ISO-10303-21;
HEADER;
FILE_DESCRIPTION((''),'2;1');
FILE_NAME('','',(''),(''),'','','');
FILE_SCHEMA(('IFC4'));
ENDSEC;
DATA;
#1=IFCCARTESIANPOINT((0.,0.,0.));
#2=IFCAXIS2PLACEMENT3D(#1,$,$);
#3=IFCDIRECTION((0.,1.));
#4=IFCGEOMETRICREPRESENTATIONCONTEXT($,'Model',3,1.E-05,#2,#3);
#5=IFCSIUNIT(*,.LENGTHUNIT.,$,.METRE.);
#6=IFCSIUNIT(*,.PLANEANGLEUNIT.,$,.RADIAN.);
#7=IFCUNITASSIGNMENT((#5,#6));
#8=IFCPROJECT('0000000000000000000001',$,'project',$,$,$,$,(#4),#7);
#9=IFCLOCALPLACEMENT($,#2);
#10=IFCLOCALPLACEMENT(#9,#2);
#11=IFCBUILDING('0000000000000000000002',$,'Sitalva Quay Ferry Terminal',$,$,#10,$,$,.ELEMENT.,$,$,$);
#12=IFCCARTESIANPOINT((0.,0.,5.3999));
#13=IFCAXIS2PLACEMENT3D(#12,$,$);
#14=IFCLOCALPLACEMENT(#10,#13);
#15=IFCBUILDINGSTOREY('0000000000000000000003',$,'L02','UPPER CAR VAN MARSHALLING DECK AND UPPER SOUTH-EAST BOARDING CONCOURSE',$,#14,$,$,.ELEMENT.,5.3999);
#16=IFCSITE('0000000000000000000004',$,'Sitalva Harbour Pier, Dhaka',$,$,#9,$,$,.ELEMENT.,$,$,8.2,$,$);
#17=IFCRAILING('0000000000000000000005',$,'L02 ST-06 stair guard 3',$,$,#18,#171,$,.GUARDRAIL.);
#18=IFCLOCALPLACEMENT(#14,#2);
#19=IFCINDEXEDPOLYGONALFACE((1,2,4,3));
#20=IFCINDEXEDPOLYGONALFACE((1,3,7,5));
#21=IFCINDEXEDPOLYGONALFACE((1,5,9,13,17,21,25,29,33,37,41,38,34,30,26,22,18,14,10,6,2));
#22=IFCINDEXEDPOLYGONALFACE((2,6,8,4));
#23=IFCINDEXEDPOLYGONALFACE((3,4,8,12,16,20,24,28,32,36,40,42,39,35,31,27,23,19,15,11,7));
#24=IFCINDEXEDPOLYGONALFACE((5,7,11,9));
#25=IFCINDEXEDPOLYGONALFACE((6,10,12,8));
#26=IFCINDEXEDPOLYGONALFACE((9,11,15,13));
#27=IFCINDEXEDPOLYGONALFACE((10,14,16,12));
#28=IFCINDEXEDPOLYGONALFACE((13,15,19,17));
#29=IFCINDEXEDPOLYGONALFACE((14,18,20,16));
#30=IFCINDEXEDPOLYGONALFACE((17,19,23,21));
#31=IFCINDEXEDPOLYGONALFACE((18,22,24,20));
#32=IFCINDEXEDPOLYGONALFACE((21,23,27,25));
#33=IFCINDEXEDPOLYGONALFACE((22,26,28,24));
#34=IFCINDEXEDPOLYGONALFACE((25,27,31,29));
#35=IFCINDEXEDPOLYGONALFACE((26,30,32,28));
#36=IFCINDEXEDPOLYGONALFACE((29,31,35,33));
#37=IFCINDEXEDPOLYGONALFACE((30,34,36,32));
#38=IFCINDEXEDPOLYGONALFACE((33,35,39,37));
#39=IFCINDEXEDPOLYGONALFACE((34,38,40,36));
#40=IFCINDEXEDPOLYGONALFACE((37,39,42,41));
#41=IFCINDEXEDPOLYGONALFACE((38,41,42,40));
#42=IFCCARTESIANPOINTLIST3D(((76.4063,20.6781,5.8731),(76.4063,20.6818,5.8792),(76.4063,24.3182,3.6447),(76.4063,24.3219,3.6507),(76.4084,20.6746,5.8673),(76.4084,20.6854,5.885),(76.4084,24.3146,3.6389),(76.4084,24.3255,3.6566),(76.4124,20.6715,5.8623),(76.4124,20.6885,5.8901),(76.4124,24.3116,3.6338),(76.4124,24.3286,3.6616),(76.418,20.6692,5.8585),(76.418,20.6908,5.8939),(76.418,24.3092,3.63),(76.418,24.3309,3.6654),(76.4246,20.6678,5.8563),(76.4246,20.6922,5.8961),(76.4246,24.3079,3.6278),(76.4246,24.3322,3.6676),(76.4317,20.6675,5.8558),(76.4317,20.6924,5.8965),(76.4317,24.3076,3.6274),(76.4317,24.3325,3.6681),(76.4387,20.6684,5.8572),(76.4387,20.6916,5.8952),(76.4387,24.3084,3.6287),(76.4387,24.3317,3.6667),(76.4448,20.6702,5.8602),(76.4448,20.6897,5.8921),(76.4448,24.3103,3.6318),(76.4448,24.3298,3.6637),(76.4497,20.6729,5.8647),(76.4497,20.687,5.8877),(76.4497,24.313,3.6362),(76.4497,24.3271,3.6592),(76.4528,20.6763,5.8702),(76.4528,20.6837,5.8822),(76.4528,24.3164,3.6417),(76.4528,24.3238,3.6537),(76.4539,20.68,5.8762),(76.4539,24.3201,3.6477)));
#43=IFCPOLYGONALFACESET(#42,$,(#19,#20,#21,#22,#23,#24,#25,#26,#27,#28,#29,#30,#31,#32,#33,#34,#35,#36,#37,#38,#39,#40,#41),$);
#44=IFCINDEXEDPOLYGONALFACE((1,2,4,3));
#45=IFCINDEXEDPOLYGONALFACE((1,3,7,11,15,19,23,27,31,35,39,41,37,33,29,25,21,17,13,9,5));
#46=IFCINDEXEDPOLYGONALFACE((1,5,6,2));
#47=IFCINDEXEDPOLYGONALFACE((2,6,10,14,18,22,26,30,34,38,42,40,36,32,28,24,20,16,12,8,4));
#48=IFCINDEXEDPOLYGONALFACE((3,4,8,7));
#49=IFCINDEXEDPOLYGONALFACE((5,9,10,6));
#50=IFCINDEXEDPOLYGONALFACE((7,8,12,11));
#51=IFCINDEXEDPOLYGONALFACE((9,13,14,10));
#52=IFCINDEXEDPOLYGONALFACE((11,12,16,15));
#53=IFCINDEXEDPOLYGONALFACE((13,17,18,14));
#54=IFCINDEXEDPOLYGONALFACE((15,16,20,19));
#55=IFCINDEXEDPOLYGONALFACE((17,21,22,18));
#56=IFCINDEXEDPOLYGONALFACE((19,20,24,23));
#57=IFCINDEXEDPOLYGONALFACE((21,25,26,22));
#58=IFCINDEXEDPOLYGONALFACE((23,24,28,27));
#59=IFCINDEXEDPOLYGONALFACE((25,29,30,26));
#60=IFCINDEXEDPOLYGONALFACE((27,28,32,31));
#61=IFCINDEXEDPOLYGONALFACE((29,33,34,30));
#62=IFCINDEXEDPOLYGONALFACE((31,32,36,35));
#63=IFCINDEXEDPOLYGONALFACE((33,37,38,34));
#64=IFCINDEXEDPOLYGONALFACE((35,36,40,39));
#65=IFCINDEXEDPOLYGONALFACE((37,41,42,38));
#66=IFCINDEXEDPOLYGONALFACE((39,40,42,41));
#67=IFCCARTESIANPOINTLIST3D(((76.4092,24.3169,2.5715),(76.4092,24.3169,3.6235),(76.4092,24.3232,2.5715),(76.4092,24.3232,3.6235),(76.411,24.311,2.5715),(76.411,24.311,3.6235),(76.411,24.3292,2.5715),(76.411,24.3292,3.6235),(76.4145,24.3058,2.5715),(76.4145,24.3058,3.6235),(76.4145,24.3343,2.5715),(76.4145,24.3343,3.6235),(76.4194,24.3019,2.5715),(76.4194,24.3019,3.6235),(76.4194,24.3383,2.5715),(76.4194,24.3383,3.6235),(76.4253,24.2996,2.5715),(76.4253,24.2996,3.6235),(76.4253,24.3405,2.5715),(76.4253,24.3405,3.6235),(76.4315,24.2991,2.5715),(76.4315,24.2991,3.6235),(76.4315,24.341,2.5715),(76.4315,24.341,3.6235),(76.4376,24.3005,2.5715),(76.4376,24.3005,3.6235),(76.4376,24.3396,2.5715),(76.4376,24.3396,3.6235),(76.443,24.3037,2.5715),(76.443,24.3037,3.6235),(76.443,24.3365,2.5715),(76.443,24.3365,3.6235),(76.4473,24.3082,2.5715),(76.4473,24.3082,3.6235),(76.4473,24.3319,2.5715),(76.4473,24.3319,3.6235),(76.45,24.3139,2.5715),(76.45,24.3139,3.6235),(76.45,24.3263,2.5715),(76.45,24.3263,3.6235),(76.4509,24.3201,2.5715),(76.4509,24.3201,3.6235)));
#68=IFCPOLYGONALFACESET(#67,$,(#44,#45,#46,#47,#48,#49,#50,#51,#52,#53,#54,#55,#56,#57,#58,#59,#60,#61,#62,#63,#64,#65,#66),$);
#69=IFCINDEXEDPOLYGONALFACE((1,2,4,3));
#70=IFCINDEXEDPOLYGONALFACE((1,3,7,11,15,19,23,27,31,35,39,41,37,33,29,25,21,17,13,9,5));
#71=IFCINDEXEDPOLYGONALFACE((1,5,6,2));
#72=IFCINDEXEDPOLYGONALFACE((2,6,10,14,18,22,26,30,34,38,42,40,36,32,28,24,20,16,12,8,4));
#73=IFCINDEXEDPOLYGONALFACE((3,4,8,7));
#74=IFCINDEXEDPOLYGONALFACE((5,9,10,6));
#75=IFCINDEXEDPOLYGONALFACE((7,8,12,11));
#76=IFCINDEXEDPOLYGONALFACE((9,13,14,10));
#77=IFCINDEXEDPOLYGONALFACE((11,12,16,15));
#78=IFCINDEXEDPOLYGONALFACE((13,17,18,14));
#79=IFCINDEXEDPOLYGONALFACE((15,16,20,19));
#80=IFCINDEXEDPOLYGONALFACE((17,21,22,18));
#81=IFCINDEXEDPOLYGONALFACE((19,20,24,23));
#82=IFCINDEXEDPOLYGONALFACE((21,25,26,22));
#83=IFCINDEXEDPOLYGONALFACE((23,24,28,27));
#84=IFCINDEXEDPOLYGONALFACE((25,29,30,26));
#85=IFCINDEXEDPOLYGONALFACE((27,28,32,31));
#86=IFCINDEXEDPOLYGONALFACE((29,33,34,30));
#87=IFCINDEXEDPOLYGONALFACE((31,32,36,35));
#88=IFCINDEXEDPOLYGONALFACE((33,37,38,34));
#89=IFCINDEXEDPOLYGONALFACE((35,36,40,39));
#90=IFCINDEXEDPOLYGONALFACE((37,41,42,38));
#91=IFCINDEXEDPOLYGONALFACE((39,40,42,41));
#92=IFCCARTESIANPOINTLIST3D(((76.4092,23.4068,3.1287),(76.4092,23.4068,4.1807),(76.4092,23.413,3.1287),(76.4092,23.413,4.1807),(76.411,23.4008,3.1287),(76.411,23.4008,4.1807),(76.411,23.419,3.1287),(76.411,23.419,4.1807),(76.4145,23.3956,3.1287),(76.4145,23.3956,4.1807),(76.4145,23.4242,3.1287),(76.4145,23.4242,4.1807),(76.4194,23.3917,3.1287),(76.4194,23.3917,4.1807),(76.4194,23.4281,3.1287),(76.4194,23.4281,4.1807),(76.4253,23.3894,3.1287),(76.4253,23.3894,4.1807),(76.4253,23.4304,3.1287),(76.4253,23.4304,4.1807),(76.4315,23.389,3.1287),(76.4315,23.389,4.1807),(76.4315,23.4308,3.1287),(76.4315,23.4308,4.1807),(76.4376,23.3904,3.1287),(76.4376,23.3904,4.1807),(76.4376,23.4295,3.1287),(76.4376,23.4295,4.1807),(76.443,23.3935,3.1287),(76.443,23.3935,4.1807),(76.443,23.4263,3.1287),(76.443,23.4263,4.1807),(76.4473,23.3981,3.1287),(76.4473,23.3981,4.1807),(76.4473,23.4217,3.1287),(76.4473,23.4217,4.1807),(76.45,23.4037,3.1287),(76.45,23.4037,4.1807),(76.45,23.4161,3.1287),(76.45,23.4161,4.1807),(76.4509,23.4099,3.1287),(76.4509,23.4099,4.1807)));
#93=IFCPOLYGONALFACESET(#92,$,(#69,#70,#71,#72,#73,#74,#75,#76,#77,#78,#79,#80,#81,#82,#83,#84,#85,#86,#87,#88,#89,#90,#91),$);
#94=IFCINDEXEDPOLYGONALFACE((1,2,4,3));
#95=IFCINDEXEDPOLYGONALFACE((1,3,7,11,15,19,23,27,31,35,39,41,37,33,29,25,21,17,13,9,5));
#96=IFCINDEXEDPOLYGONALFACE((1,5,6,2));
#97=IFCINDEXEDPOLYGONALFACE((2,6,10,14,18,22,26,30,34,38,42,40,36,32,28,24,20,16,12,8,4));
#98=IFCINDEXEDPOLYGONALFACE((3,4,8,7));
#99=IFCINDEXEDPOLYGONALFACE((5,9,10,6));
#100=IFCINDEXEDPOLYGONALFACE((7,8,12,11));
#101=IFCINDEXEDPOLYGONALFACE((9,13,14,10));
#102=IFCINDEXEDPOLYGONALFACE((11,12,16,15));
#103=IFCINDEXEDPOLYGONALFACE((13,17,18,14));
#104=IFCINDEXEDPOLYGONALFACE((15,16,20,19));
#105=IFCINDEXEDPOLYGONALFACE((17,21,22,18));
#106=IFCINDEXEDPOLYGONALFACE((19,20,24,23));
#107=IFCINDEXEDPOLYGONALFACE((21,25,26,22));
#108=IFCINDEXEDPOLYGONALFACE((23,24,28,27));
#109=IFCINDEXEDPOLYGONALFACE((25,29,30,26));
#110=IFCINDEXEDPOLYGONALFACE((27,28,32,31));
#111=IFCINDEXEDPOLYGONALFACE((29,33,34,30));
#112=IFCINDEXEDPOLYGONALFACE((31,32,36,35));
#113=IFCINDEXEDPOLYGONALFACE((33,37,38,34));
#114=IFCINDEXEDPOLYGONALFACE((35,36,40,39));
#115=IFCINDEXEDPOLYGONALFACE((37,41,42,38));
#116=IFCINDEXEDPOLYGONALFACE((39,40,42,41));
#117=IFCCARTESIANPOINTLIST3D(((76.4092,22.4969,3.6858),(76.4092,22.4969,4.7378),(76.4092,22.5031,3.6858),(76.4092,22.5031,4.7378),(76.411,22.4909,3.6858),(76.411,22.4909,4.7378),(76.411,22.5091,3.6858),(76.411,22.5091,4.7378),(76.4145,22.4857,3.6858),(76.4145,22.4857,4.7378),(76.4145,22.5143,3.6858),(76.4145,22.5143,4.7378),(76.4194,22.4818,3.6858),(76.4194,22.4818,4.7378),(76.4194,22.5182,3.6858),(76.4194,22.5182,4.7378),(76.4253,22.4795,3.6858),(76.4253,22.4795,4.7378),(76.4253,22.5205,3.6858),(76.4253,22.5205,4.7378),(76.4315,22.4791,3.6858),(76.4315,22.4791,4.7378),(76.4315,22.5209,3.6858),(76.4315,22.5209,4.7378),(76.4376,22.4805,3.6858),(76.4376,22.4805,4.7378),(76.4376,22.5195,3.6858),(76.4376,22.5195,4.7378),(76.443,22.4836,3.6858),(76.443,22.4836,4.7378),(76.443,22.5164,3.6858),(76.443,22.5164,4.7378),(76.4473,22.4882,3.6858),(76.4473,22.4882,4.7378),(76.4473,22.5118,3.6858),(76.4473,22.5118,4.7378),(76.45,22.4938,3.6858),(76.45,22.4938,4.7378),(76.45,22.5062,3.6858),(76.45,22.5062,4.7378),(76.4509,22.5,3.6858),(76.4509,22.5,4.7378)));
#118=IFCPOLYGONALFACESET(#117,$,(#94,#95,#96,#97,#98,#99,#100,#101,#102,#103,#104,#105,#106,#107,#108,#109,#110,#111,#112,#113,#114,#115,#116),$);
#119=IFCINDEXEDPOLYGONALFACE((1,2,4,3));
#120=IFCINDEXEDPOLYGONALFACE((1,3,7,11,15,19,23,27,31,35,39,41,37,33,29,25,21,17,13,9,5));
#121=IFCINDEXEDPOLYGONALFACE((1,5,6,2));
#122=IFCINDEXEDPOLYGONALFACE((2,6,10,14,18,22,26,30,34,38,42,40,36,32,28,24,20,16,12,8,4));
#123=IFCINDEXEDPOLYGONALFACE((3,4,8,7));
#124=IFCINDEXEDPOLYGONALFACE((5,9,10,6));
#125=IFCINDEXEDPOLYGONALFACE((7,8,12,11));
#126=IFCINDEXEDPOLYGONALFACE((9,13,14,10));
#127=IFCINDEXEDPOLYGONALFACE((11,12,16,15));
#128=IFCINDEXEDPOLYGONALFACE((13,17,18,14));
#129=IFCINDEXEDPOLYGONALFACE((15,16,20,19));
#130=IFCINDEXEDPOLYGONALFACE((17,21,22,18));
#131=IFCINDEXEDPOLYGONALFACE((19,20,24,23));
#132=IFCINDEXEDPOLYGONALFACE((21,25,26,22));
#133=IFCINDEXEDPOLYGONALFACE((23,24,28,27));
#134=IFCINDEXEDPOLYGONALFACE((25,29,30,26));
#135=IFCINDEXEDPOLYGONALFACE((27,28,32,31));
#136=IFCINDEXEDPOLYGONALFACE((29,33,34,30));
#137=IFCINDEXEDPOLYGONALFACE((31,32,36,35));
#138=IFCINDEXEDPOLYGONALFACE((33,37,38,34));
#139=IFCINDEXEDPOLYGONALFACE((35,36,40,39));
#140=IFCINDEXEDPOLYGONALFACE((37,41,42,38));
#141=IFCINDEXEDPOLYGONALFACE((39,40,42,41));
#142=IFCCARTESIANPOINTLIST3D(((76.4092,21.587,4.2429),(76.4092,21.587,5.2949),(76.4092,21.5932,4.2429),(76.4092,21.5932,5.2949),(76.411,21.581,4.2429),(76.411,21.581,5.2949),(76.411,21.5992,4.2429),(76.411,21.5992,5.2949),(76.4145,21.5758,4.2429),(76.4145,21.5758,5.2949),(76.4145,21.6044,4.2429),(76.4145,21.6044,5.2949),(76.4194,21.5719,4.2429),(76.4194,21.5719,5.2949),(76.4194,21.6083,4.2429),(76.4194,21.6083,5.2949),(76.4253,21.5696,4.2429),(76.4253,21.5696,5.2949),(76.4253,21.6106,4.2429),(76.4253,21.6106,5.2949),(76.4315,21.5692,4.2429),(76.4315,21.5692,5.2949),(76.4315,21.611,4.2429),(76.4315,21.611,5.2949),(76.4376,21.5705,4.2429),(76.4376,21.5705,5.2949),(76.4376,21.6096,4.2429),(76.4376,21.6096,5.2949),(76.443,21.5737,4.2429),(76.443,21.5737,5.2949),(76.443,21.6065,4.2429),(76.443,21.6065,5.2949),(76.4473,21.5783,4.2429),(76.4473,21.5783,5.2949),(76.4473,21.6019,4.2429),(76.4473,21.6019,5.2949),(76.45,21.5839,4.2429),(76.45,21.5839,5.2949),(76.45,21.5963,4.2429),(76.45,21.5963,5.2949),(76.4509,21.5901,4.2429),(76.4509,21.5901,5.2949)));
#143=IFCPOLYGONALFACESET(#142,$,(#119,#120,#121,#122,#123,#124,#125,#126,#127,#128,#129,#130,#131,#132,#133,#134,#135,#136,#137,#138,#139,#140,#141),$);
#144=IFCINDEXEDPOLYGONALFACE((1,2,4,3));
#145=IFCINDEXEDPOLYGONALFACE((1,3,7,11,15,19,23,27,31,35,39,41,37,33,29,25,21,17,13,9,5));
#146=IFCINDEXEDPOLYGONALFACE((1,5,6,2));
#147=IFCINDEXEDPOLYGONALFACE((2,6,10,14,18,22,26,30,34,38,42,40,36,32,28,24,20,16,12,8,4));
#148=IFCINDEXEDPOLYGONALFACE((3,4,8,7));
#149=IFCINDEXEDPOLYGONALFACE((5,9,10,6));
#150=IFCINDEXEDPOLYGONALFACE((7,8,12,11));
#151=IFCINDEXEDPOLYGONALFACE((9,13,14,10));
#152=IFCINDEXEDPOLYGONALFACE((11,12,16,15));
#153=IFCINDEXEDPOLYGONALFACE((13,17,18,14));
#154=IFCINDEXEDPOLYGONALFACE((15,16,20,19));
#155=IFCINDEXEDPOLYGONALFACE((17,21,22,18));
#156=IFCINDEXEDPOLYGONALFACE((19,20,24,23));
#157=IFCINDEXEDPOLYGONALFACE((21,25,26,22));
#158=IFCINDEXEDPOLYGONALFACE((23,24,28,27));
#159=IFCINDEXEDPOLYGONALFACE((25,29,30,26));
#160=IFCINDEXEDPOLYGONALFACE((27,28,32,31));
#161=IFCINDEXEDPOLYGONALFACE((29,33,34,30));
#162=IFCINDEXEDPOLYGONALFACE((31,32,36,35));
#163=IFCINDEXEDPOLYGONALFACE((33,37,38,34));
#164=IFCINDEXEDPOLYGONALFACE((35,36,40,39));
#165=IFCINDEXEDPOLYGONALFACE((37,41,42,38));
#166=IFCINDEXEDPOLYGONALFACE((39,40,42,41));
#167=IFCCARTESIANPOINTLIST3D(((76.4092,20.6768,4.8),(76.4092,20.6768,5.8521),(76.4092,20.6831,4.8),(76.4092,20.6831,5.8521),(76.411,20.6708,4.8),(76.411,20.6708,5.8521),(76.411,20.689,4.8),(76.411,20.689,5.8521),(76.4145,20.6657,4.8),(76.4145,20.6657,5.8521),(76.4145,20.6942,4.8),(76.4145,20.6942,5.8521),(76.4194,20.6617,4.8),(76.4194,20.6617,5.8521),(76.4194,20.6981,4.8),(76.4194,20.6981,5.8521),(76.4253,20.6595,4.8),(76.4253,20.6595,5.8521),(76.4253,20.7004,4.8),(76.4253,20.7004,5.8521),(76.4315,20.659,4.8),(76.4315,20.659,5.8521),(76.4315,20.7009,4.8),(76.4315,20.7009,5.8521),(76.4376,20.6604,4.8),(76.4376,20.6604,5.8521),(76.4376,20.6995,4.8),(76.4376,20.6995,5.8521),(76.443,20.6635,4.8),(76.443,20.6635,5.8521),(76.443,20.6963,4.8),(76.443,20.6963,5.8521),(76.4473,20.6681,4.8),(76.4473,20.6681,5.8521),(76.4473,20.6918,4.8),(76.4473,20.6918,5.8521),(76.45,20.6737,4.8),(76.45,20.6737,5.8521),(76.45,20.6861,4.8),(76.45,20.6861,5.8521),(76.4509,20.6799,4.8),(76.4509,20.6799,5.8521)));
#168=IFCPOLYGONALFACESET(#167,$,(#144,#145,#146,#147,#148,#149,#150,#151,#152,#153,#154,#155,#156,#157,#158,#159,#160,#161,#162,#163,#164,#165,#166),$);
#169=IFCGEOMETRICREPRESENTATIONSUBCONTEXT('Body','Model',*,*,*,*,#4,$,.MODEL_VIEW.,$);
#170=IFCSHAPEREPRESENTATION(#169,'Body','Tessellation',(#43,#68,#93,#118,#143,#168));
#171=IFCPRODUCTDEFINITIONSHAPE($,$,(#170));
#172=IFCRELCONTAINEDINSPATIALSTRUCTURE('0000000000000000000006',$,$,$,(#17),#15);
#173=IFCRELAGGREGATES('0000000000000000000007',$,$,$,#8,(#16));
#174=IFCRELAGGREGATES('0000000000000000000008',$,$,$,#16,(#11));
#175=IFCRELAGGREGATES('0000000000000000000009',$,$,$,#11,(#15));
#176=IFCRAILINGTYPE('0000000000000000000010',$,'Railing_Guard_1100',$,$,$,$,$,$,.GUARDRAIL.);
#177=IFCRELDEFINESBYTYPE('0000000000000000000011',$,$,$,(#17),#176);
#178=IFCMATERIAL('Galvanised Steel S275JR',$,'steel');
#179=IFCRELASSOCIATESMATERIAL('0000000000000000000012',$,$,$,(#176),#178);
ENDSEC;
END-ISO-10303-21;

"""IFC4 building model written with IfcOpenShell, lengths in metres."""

from ifc_helpers import new_model, si_unit, direction, frame, origin, origin_2d, place, context, subcontext, project, spatial, circle, extrude, material, type_object, element, save


model = new_model("IFC4")

# Units and contexts
model_context = context("Model", 3, precision=1e-05, world=origin(), true_north=direction((0.0, 1.0)))
body_context = subcontext(model_context, "Body", "Model", "MODEL_VIEW")
ifc_project = project(units=[si_unit("LENGTHUNIT", "METRE"), si_unit("PLANEANGLEUNIT", "RADIAN")], contexts=[model_context])

# Site, building, storey
site_placement = place(None, origin())
site = spatial("IfcSite", under=ifc_project, at=site_placement, Name="Sitalva Harbour Pier, Dhaka", CompositionType="ELEMENT", RefElevation=8.2)
building_placement = place(site_placement, origin())
building = spatial("IfcBuilding", under=site, at=building_placement, Name="Sitalva Quay Ferry Terminal", CompositionType="ELEMENT")
storey_placement = place(building_placement, frame((0.0, 0.0, 5.3999)))
storey = spatial("IfcBuildingStorey", under=building, at=storey_placement, Name="L02", Description="UPPER CAR VAN MARSHALLING DECK AND UPPER SOUTH-EAST BOARDING CONCOURSE", CompositionType="ELEMENT", Elevation=5.3999)

# Railing
ifc_material_1 = material(Name="Galvanised Steel S275JR", Category="steel")
railing_type_1 = type_object("IfcRailingType", Name="Railing_Guard_1100", PredefinedType="GUARDRAIL", material=ifc_material_1)
railing_1_placement = place(storey_placement, frame((76.4299, 24.3201, 2.5715)))
element("IfcRailing", 1, at=railing_1_placement, inside=storey, type_object=railing_type_1, Name="L02 ST-06 stair guard 3", PredefinedType="GUARDRAIL", context=body_context, shape_type="SweptSolid", body=[
    extrude(circle(Radius=0.0239, at=origin_2d()), frame((0.0, 0.0, 1.0762), z_axis=(0.0, -0.852866, 0.52213), x_axis=(1.0, 0.0, 0.0)), (0.0, 0.0, 1.0), 4.2681),
    extrude(circle(Radius=0.021, at=origin_2d()), origin(), (0.0, 0.0, 1.0), 1.052),
    extrude(circle(Radius=0.021, at=origin_2d()), frame((0.0, -0.9102, 0.5571)), (0.0, 0.0, 1.0), 1.052),
    extrude(circle(Radius=0.021, at=origin_2d()), frame((0.0, -1.8201, 1.1143)), (0.0, 0.0, 1.0), 1.052),
    extrude(circle(Radius=0.021, at=origin_2d()), frame((0.0, -2.73, 1.6714)), (0.0, 0.0, 1.0), 1.052),
    extrude(circle(Radius=0.021, at=origin_2d()), frame((0.0, -3.6401, 2.2285)), (0.0, 0.0, 1.0), 1.052),
])

save(model, "model.ifc")
